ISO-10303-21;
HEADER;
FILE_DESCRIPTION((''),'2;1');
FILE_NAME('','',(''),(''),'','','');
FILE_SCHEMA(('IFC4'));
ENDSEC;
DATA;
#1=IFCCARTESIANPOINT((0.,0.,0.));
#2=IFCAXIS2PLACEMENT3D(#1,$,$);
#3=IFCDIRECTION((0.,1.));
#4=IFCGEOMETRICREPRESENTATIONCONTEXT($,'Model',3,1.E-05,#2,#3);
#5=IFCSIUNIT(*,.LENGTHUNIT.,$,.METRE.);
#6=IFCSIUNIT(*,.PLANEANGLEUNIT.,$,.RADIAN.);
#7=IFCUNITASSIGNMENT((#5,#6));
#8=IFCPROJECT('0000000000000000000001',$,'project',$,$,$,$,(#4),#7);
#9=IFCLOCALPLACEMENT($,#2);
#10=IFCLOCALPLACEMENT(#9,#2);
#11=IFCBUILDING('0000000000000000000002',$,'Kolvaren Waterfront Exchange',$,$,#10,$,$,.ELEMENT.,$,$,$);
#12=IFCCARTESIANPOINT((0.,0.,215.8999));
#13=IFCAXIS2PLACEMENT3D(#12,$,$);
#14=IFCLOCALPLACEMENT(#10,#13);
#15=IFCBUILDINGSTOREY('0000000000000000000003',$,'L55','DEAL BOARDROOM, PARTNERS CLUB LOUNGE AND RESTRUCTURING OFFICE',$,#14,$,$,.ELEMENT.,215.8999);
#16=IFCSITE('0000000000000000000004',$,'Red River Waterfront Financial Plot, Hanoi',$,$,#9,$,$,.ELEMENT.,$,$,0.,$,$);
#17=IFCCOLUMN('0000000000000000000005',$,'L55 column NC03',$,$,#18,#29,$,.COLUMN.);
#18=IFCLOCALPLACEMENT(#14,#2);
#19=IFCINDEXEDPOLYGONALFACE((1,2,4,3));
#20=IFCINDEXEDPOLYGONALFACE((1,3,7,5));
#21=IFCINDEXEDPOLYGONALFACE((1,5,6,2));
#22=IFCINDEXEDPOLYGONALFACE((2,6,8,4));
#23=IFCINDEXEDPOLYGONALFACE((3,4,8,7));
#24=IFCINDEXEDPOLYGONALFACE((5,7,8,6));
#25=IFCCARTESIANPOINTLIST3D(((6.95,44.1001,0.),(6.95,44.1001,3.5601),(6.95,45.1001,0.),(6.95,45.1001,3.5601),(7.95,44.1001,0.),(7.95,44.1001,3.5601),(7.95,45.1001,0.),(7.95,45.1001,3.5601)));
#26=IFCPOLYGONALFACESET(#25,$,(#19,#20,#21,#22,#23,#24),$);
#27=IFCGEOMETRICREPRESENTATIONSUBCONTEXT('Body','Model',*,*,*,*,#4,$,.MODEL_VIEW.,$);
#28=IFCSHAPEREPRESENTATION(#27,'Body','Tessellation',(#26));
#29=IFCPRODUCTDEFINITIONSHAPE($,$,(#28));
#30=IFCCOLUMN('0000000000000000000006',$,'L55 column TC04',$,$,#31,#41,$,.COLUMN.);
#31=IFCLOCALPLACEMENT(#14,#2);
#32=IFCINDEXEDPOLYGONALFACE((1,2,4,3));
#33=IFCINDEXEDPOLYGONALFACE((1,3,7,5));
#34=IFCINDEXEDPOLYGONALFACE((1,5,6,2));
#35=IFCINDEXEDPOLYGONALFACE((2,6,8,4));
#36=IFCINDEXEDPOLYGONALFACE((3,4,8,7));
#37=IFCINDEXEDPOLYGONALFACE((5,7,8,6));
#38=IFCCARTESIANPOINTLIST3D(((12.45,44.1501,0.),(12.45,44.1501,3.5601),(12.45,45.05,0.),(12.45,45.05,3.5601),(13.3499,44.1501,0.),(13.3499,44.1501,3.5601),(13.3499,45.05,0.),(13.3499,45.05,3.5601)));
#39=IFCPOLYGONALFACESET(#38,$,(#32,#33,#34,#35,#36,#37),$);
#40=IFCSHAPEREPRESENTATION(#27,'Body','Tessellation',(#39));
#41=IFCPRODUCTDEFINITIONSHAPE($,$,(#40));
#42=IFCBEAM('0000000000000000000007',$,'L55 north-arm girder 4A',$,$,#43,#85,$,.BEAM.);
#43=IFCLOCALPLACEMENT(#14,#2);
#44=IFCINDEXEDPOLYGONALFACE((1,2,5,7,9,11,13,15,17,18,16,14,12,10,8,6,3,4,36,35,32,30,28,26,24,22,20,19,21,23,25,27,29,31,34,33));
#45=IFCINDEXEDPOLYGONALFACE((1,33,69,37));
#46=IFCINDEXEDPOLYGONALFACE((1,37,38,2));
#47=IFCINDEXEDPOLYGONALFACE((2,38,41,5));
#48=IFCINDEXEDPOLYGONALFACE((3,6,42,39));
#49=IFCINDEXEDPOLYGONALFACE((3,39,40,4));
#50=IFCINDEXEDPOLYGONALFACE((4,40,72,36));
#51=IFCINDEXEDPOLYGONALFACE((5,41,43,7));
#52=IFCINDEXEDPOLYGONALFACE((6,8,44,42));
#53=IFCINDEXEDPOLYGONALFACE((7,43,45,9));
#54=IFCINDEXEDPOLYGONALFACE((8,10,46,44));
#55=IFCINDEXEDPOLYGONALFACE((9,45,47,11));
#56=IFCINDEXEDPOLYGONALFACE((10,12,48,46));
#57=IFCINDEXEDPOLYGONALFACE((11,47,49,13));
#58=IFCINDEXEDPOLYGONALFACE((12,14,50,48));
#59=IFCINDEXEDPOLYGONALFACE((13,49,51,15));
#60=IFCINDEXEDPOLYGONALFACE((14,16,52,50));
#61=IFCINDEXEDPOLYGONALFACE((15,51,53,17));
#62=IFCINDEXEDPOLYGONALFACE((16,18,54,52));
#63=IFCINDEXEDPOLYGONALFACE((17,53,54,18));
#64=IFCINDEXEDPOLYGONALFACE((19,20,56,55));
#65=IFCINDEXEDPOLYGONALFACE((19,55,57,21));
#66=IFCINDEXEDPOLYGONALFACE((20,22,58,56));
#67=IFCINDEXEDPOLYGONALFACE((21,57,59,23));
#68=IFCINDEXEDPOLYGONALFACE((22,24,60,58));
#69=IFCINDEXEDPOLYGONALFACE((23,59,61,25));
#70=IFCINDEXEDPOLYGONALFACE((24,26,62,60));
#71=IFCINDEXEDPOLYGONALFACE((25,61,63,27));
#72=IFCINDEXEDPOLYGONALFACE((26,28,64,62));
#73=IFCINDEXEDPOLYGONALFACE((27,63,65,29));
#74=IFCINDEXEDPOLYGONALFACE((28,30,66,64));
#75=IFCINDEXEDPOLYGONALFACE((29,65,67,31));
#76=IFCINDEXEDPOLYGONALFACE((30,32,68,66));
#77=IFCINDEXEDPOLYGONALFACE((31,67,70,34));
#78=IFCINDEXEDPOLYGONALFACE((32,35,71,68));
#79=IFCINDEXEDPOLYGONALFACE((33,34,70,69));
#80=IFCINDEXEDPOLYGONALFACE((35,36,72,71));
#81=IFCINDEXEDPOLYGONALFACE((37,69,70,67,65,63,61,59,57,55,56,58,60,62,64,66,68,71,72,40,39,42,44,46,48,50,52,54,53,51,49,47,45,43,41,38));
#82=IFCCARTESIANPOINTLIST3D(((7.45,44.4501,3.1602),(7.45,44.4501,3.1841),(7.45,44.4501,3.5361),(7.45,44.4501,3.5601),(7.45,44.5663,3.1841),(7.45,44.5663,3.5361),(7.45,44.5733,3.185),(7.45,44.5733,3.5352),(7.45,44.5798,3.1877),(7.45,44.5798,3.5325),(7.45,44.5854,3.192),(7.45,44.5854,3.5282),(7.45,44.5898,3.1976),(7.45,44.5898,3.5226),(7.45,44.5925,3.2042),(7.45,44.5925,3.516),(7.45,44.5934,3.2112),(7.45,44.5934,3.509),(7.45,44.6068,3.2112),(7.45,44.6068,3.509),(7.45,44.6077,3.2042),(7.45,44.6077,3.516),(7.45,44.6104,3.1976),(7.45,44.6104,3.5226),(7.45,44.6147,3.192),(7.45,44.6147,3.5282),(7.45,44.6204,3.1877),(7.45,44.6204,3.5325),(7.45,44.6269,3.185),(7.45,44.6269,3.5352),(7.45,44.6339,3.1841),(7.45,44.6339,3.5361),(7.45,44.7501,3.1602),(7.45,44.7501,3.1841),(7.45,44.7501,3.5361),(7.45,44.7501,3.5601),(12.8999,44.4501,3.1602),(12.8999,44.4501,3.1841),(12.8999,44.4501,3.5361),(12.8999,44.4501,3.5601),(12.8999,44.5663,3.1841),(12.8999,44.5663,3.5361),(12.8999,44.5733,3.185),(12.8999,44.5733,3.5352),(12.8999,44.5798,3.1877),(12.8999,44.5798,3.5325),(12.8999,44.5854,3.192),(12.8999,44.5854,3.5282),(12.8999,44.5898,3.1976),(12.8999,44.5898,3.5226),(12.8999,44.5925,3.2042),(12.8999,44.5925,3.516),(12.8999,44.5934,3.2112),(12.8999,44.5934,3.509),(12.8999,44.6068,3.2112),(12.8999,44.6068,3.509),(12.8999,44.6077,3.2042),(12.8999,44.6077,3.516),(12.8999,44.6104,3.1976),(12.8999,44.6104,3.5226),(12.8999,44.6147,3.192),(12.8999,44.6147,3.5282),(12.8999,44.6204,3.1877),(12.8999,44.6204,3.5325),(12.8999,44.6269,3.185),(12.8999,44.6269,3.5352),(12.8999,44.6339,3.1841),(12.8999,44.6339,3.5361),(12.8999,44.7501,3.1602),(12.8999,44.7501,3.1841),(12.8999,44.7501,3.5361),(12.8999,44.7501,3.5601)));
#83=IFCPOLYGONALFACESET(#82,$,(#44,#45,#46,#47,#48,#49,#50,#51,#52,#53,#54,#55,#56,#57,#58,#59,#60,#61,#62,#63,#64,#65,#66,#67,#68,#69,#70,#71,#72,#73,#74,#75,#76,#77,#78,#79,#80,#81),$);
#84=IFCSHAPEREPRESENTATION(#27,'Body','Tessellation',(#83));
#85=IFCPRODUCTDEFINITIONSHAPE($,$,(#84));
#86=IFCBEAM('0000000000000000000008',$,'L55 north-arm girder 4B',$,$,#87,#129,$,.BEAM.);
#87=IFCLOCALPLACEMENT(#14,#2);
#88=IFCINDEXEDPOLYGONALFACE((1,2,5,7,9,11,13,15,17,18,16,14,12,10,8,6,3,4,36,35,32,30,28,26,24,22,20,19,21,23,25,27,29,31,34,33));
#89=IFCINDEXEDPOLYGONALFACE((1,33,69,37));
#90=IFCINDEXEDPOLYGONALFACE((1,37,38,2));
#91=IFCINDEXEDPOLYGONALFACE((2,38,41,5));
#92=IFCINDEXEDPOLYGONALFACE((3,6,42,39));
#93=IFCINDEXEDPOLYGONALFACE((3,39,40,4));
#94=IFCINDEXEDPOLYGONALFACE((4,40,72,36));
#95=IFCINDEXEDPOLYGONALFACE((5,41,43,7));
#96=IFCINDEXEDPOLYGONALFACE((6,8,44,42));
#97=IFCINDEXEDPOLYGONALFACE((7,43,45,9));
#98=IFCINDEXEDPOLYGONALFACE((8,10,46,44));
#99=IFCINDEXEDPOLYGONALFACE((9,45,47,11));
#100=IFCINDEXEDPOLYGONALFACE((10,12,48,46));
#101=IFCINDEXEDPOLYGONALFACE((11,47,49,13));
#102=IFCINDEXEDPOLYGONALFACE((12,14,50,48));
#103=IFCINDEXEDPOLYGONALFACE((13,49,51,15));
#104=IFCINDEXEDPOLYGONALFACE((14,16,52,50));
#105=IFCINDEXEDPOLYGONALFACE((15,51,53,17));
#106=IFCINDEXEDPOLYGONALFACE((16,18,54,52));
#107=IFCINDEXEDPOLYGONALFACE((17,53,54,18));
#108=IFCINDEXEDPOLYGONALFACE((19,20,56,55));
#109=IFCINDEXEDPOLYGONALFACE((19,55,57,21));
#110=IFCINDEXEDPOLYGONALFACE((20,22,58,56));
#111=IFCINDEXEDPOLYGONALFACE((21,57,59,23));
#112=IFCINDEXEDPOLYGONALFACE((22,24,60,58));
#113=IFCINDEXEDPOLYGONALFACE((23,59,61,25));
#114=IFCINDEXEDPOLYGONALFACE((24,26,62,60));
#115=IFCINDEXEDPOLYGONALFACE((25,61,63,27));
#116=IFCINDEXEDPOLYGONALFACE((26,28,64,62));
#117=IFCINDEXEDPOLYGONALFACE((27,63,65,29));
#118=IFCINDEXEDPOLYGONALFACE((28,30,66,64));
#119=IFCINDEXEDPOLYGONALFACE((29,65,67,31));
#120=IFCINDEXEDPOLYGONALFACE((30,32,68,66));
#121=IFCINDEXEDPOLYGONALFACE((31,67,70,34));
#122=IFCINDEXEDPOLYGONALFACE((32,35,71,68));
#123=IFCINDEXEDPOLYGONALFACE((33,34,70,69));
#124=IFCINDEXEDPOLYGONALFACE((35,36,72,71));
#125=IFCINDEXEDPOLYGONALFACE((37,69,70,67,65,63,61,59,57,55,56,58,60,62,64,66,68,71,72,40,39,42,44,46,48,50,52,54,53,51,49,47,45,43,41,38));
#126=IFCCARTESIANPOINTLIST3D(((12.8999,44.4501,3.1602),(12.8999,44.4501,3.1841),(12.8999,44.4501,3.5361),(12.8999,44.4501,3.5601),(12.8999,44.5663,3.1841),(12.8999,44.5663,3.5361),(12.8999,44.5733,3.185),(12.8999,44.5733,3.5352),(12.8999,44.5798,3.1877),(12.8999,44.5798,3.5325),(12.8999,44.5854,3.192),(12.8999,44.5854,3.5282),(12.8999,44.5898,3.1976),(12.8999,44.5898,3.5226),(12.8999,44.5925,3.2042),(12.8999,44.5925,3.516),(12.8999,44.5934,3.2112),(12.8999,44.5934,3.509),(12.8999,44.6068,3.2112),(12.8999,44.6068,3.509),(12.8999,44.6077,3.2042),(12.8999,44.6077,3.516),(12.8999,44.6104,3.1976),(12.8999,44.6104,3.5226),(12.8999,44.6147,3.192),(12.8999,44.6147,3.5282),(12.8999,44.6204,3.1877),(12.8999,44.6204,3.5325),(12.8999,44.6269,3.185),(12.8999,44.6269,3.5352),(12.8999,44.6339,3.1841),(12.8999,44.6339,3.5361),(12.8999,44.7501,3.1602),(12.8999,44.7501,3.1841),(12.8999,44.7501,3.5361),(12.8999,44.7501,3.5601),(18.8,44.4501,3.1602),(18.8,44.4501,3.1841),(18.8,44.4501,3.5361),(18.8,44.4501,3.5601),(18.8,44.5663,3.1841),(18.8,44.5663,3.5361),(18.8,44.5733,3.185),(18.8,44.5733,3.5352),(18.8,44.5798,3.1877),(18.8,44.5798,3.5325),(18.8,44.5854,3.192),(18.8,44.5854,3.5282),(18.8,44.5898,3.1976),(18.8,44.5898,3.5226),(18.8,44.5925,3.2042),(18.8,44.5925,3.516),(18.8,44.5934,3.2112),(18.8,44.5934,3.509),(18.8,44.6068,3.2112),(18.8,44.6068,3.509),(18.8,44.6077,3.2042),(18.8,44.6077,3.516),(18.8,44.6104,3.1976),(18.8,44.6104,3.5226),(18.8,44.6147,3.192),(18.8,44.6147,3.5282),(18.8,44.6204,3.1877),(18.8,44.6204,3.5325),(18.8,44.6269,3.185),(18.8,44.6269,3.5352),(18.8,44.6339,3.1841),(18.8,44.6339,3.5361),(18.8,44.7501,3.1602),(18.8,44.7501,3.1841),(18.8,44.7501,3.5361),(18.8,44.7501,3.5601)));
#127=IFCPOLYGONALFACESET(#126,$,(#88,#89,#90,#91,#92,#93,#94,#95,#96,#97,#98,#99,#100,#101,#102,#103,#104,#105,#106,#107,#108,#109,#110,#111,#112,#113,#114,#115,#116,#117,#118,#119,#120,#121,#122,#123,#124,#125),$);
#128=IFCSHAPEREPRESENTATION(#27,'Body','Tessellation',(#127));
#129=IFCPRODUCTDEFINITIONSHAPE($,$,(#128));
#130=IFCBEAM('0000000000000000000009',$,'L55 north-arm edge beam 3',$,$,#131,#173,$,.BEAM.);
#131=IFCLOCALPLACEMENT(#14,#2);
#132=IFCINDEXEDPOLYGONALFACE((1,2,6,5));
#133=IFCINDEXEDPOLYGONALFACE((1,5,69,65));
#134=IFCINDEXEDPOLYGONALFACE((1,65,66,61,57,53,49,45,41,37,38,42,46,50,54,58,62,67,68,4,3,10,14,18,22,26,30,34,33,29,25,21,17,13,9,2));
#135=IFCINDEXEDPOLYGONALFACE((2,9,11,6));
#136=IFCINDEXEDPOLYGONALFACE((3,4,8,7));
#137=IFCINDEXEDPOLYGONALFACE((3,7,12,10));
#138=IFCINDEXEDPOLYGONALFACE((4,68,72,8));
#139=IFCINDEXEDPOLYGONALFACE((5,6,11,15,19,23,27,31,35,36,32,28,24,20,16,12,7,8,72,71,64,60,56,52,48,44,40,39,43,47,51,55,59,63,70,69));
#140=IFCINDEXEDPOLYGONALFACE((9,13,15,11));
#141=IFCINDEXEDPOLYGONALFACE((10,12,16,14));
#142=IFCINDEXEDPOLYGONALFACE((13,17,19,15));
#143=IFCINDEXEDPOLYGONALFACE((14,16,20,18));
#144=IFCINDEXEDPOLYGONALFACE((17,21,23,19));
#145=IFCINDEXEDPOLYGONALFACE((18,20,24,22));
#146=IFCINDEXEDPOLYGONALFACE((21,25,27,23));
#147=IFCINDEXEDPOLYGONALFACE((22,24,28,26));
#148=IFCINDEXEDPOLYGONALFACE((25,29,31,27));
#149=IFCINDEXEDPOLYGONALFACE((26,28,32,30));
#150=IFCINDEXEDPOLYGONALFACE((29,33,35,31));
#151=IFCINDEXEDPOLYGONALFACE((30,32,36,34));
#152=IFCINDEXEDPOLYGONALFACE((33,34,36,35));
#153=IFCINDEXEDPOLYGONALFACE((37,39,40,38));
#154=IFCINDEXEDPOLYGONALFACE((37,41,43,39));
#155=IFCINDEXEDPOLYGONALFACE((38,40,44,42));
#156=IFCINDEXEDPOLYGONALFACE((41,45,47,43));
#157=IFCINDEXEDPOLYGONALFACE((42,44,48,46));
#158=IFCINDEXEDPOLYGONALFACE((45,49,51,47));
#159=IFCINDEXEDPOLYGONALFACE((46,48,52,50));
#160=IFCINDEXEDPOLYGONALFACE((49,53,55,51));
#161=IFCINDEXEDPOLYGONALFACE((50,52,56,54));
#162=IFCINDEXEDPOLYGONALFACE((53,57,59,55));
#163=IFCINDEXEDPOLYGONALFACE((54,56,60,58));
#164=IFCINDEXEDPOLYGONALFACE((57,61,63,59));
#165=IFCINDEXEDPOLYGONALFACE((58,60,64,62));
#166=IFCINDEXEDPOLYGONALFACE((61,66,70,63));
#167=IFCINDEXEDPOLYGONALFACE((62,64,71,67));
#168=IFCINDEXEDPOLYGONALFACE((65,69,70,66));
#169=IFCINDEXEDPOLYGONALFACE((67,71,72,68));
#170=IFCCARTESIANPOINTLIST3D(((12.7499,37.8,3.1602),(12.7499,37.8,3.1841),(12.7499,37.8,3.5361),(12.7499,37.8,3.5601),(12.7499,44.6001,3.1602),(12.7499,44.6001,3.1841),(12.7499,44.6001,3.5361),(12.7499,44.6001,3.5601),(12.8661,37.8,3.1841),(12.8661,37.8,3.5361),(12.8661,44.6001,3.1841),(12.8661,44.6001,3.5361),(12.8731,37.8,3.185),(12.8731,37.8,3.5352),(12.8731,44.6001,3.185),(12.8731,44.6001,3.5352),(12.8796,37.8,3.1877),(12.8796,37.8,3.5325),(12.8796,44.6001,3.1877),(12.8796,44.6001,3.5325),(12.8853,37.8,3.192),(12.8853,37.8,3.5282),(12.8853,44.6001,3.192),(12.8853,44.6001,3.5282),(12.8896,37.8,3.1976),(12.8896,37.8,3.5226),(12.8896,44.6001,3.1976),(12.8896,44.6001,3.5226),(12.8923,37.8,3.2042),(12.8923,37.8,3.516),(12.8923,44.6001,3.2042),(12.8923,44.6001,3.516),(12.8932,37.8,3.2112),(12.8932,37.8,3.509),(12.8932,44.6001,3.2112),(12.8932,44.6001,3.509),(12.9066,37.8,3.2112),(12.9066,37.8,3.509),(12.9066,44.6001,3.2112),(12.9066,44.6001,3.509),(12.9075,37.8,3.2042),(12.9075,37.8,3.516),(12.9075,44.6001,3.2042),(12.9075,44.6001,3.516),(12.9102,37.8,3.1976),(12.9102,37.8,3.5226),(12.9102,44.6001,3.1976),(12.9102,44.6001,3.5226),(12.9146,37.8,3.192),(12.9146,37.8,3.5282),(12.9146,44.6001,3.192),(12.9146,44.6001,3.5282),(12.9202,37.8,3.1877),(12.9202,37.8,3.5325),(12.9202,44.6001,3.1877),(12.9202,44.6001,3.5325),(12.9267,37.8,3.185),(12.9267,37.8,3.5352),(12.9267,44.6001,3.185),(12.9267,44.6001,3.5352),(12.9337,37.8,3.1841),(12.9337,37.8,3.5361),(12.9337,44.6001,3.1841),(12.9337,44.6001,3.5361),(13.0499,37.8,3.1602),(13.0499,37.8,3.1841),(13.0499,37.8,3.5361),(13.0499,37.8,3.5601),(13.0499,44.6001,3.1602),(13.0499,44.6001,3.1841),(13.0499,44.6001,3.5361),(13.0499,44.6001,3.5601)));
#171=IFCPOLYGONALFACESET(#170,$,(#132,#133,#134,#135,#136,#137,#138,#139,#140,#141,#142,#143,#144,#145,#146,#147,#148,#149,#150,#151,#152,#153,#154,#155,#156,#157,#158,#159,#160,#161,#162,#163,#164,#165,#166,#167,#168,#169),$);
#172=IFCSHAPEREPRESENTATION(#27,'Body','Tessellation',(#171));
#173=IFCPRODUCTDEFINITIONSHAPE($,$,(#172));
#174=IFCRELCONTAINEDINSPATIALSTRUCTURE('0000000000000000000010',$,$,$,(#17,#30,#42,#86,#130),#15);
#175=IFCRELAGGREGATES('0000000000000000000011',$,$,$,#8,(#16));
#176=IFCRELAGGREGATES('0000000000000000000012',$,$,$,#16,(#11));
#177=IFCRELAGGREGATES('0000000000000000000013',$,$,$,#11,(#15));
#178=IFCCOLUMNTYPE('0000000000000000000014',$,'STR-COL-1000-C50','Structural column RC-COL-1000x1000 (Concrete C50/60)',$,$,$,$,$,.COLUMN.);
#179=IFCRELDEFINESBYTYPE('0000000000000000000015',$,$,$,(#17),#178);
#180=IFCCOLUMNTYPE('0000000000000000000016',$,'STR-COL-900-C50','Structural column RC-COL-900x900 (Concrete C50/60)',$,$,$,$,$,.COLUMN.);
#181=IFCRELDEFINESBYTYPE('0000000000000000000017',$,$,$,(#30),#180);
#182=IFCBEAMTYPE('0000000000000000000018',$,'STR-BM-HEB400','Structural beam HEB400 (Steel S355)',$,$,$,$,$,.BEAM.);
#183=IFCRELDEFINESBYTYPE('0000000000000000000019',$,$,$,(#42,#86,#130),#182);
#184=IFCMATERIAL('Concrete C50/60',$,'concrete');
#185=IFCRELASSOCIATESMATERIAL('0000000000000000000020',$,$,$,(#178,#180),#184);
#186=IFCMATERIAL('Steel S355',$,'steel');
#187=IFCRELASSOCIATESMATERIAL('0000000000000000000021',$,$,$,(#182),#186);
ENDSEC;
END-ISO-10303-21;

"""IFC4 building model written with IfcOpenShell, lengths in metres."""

from ifc_helpers import new_model, si_unit, direction, frame, origin, origin_2d, place, context, subcontext, project, spatial, rectangle, i_section, extrude, material, material_profile, profile_set, type_object, element, save


model = new_model("IFC4")

# Units and contexts
model_context = context("Model", 3, precision=1e-05, world=origin(), true_north=direction((0.0, 1.0)))
body_context = subcontext(model_context, "Body", "Model", "MODEL_VIEW")
ifc_project = project(units=[si_unit("LENGTHUNIT", "METRE"), si_unit("PLANEANGLEUNIT", "RADIAN")], contexts=[model_context])

# Site, building, storey
site_placement = place(None, origin())
site = spatial("IfcSite", under=ifc_project, at=site_placement, Name="Red River Waterfront Financial Plot, Hanoi", CompositionType="ELEMENT", RefElevation=0.0)
building_placement = place(site_placement, origin())
building = spatial("IfcBuilding", under=site, at=building_placement, Name="Kolvaren Waterfront Exchange", CompositionType="ELEMENT")
storey_placement = place(building_placement, frame((0.0, 0.0, 215.8999)))
storey = spatial("IfcBuildingStorey", under=building, at=storey_placement, Name="L55", Description="DEAL BOARDROOM, PARTNERS CLUB LOUNGE AND RESTRUCTURING OFFICE", CompositionType="ELEMENT", Elevation=215.8999)

# Columns
ifc_material_1 = material(Name="Concrete C50/60", Category="concrete")
ifc_material_profile_1 = material_profile(ifc_material_1, rectangle(XDim=1.0, YDim=1.0, at=origin_2d()), Name="RC-COL-1000x1000")
ifc_profile_set_1 = profile_set([ifc_material_profile_1], Name="Concrete C50/60")
column_type_1 = type_object("IfcColumnType", Name="STR-COL-1000-C50", Description="Structural column RC-COL-1000x1000 (Concrete C50/60)", PredefinedType="COLUMN", material=ifc_profile_set_1)
column_1_placement = place(storey_placement, frame((7.45, 44.6001, 0.0), z_axis=(0.0, 0.0, 1.0), x_axis=(1.0, 0.0, 0.0)))
element("IfcColumn", 1, at=column_1_placement, inside=storey, type_object=column_type_1, Name="L55 column NC03", PredefinedType="COLUMN", context=body_context, shape_type="SweptSolid", body=[
    extrude(rectangle(XDim=1.0, YDim=1.0, at=origin_2d()), origin(), (0.0, 0.0, 1.0), 3.5601),
])
ifc_material_profile_2 = material_profile(ifc_material_1, rectangle(XDim=0.8999, YDim=0.8999, at=origin_2d()), Name="RC-COL-900x900")
ifc_profile_set_2 = profile_set([ifc_material_profile_2], Name="Concrete C50/60")
column_type_2 = type_object("IfcColumnType", Name="STR-COL-900-C50", Description="Structural column RC-COL-900x900 (Concrete C50/60)", PredefinedType="COLUMN", material=ifc_profile_set_2)
column_2_placement = place(storey_placement, frame((12.8999, 44.6001, 0.0), z_axis=(0.0, 0.0, 1.0), x_axis=(1.0, 0.0, 0.0)))
element("IfcColumn", 2, at=column_2_placement, inside=storey, type_object=column_type_2, Name="L55 column TC04", PredefinedType="COLUMN", context=body_context, shape_type="SweptSolid", body=[
    extrude(rectangle(XDim=0.8999, YDim=0.8999, at=origin_2d()), origin(), (0.0, 0.0, 1.0), 3.5601),
])

# Beams
ifc_material_2 = material(Name="Steel S355", Category="steel")
ifc_material_profile_3 = material_profile(ifc_material_2, i_section(OverallWidth=0.3, OverallDepth=0.3999, WebThickness=0.0134, FlangeThickness=0.0239, FilletRadius=0.0271, at=origin_2d()), Name="HEB400")
ifc_profile_set_3 = profile_set([ifc_material_profile_3], Name="Steel S355")
beam_type_1 = type_object("IfcBeamType", Name="STR-BM-HEB400", Description="Structural beam HEB400 (Steel S355)", PredefinedType="BEAM", material=ifc_profile_set_3)
beam_1_placement = place(storey_placement, frame((7.45, 44.6001, 3.3601), z_axis=(1.0, 0.0, 0.0), x_axis=(0.0, 1.0, 0.0)))
element("IfcBeam", 3, at=beam_1_placement, inside=storey, type_object=beam_type_1, Name="L55 north-arm girder 4A", PredefinedType="BEAM", context=body_context, shape_type="SweptSolid", body=[
    extrude(i_section(OverallWidth=0.3, OverallDepth=0.3999, WebThickness=0.0134, FlangeThickness=0.0239, FilletRadius=0.0271, at=origin_2d()), origin(), (0.0, 0.0, 1.0), 5.45),
])
beam_2_placement = place(storey_placement, frame((12.8999, 44.6001, 3.3601), z_axis=(1.0, 0.0, 0.0), x_axis=(0.0, 1.0, 0.0)))
element("IfcBeam", 4, at=beam_2_placement, inside=storey, type_object=beam_type_1, Name="L55 north-arm girder 4B", PredefinedType="BEAM", context=body_context, shape_type="SweptSolid", body=[
    extrude(i_section(OverallWidth=0.3, OverallDepth=0.3999, WebThickness=0.0134, FlangeThickness=0.0239, FilletRadius=0.0271, at=origin_2d()), origin(), (0.0, 0.0, 1.0), 5.9001),
])
beam_3_placement = place(storey_placement, frame((12.8999, 37.8, 3.3601), z_axis=(0.0, 1.0, 0.0), x_axis=(-1.0, 0.0, 0.0)))
element("IfcBeam", 5, at=beam_3_placement, inside=storey, type_object=beam_type_1, Name="L55 north-arm edge beam 3", PredefinedType="BEAM", context=body_context, shape_type="SweptSolid", body=[
    extrude(i_section(OverallWidth=0.3, OverallDepth=0.3999, WebThickness=0.0134, FlangeThickness=0.0239, FilletRadius=0.0271, at=origin_2d()), origin(), (0.0, 0.0, 1.0), 6.8),
])

save(model, "model.ifc")
